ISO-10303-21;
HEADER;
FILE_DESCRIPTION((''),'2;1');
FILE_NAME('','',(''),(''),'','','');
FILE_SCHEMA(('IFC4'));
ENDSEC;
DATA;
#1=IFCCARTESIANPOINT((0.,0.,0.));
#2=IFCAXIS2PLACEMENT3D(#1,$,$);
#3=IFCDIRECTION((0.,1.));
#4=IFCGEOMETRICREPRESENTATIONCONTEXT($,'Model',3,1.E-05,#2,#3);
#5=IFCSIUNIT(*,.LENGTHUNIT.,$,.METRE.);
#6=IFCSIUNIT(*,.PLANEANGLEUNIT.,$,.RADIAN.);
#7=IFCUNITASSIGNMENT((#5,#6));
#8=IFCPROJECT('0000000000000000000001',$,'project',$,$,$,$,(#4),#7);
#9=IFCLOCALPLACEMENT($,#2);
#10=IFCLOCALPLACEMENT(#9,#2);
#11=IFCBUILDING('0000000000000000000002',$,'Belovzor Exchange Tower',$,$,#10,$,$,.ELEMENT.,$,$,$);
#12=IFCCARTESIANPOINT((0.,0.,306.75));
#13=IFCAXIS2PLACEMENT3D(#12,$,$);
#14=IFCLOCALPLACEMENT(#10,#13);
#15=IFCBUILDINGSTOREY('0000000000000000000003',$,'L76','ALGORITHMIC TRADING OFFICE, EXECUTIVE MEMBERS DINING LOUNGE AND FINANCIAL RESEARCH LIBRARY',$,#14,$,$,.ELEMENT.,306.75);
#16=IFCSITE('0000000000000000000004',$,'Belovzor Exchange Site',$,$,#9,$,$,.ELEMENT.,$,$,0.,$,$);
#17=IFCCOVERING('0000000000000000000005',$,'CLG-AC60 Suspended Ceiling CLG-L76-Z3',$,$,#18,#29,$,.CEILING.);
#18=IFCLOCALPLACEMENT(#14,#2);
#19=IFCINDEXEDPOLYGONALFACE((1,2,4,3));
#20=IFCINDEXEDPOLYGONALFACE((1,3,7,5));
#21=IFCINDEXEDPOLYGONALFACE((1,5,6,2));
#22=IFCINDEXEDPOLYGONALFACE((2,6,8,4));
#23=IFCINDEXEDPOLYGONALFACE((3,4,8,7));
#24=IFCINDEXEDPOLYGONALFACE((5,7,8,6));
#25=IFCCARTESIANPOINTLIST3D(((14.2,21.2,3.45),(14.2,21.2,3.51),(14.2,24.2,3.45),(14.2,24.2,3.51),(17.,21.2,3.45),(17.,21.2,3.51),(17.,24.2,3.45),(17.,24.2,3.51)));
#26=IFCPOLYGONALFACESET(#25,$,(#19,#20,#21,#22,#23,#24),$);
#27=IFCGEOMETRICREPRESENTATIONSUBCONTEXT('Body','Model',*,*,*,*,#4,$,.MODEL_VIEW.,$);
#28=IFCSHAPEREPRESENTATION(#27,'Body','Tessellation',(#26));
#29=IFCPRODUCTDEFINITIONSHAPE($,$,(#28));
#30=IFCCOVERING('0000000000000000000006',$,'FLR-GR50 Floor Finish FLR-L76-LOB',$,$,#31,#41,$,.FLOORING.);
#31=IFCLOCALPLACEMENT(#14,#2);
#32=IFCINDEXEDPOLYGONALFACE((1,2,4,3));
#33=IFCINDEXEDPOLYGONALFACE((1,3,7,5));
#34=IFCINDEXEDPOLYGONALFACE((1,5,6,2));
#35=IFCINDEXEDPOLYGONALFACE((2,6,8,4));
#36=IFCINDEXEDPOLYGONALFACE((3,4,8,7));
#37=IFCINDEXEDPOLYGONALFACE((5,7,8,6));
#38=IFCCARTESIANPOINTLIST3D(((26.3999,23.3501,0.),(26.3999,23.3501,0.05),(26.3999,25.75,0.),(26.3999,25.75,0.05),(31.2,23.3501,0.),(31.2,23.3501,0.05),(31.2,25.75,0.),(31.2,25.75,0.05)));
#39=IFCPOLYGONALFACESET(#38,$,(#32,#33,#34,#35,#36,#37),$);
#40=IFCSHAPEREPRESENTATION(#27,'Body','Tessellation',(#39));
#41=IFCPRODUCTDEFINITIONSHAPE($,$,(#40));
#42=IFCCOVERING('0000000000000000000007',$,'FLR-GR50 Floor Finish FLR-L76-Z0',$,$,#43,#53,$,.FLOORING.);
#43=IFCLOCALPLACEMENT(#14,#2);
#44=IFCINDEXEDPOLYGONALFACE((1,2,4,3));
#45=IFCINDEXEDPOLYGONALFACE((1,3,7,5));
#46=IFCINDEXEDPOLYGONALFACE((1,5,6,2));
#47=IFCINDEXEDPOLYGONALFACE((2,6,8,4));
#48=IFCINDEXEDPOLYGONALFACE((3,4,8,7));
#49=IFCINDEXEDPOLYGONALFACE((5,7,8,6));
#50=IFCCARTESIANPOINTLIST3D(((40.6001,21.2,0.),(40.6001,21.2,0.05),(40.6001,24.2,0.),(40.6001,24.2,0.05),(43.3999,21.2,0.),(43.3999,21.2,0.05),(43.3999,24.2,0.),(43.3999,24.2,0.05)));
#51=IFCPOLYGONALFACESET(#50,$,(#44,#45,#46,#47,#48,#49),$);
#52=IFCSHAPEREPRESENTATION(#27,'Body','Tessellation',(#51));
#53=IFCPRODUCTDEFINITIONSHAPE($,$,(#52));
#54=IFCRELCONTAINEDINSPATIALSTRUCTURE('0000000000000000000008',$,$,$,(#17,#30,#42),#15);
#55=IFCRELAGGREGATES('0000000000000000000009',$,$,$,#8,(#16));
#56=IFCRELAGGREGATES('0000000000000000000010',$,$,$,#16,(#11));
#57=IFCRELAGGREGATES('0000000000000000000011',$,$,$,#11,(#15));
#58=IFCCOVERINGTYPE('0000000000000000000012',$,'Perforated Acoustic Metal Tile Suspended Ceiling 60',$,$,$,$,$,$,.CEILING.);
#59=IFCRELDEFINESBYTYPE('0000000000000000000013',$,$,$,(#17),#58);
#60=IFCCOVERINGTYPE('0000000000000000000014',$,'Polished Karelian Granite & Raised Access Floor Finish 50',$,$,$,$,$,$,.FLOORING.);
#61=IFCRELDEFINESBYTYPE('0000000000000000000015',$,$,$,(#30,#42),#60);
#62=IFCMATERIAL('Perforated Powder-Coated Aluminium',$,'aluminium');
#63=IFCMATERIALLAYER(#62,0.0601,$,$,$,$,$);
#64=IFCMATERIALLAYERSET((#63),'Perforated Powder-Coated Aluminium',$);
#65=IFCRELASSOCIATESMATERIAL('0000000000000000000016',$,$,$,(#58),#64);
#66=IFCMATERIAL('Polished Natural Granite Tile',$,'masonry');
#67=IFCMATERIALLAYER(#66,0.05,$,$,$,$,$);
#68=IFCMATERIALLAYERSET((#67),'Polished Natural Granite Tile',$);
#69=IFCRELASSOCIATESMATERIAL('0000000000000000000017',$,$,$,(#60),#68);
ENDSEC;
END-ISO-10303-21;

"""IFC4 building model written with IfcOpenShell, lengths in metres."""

from ifc_helpers import new_model, si_unit, direction, frame, origin, place, context, subcontext, project, spatial, polyline, outline, extrude, material, layer, layer_set, type_object, element, save


model = new_model("IFC4")

# Units and contexts
model_context = context("Model", 3, precision=1e-05, world=origin(), true_north=direction((0.0, 1.0)))
body_context = subcontext(model_context, "Body", "Model", "MODEL_VIEW")
ifc_project = project(units=[si_unit("LENGTHUNIT", "METRE"), si_unit("PLANEANGLEUNIT", "RADIAN")], contexts=[model_context])

# Site, building, storey
site_placement = place(None, origin())
site = spatial("IfcSite", under=ifc_project, at=site_placement, Name="Belovzor Exchange Site", CompositionType="ELEMENT", RefElevation=0.0)
building_placement = place(site_placement, origin())
building = spatial("IfcBuilding", under=site, at=building_placement, Name="Belovzor Exchange Tower", CompositionType="ELEMENT")
storey_placement = place(building_placement, frame((0.0, 0.0, 306.75)))
storey = spatial("IfcBuildingStorey", under=building, at=storey_placement, Name="L76", Description="ALGORITHMIC TRADING OFFICE, EXECUTIVE MEMBERS DINING LOUNGE AND FINANCIAL RESEARCH LIBRARY", CompositionType="ELEMENT", Elevation=306.75)

# Coverings
ifc_material_1 = material(Name="Perforated Powder-Coated Aluminium", Category="aluminium")
ifc_layer_1 = layer(ifc_material_1, 0.0601)
ifc_layer_set_1 = layer_set([ifc_layer_1], Name="Perforated Powder-Coated Aluminium")
covering_type_1 = type_object("IfcCoveringType", Name="Perforated Acoustic Metal Tile Suspended Ceiling 60", PredefinedType="CEILING", material=ifc_layer_set_1)
covering_1_placement = place(storey_placement, frame((0.0, 0.0, 3.45)))
element("IfcCovering", 1, at=covering_1_placement, inside=storey, type_object=covering_type_1, Name="CLG-AC60 Suspended Ceiling CLG-L76-Z3", PredefinedType="CEILING", context=body_context, shape_type="SweptSolid", body=[
    extrude(outline(polyline([(14.2, 21.2), (17.0, 21.2), (17.0, 24.2), (14.2, 24.2), (14.2, 21.2)])), origin(), (0.0, 0.0, 1.0), 0.0601),
])
ifc_material_2 = material(Name="Polished Natural Granite Tile", Category="masonry")
ifc_layer_2 = layer(ifc_material_2, 0.05)
ifc_layer_set_2 = layer_set([ifc_layer_2], Name="Polished Natural Granite Tile")
covering_type_2 = type_object("IfcCoveringType", Name="Polished Karelian Granite & Raised Access Floor Finish 50", PredefinedType="FLOORING", material=ifc_layer_set_2)
covering_2_placement = place(storey_placement, origin())
element("IfcCovering", 2, at=covering_2_placement, inside=storey, type_object=covering_type_2, Name="FLR-GR50 Floor Finish FLR-L76-LOB", PredefinedType="FLOORING", context=body_context, shape_type="SweptSolid", body=[
    extrude(outline(polyline([(26.3999, 23.3501), (31.2, 23.3501), (31.2, 25.75), (26.3999, 25.75), (26.3999, 23.3501)])), origin(), (0.0, 0.0, 1.0), 0.05),
])
covering_3_placement = place(storey_placement, origin())
element("IfcCovering", 3, at=covering_3_placement, inside=storey, type_object=covering_type_2, Name="FLR-GR50 Floor Finish FLR-L76-Z0", PredefinedType="FLOORING", context=body_context, shape_type="SweptSolid", body=[
    extrude(outline(polyline([(40.6001, 21.2), (43.3999, 21.2), (43.3999, 24.2), (40.6001, 24.2), (40.6001, 21.2)])), origin(), (0.0, 0.0, 1.0), 0.05),
])

save(model, "model.ifc")
